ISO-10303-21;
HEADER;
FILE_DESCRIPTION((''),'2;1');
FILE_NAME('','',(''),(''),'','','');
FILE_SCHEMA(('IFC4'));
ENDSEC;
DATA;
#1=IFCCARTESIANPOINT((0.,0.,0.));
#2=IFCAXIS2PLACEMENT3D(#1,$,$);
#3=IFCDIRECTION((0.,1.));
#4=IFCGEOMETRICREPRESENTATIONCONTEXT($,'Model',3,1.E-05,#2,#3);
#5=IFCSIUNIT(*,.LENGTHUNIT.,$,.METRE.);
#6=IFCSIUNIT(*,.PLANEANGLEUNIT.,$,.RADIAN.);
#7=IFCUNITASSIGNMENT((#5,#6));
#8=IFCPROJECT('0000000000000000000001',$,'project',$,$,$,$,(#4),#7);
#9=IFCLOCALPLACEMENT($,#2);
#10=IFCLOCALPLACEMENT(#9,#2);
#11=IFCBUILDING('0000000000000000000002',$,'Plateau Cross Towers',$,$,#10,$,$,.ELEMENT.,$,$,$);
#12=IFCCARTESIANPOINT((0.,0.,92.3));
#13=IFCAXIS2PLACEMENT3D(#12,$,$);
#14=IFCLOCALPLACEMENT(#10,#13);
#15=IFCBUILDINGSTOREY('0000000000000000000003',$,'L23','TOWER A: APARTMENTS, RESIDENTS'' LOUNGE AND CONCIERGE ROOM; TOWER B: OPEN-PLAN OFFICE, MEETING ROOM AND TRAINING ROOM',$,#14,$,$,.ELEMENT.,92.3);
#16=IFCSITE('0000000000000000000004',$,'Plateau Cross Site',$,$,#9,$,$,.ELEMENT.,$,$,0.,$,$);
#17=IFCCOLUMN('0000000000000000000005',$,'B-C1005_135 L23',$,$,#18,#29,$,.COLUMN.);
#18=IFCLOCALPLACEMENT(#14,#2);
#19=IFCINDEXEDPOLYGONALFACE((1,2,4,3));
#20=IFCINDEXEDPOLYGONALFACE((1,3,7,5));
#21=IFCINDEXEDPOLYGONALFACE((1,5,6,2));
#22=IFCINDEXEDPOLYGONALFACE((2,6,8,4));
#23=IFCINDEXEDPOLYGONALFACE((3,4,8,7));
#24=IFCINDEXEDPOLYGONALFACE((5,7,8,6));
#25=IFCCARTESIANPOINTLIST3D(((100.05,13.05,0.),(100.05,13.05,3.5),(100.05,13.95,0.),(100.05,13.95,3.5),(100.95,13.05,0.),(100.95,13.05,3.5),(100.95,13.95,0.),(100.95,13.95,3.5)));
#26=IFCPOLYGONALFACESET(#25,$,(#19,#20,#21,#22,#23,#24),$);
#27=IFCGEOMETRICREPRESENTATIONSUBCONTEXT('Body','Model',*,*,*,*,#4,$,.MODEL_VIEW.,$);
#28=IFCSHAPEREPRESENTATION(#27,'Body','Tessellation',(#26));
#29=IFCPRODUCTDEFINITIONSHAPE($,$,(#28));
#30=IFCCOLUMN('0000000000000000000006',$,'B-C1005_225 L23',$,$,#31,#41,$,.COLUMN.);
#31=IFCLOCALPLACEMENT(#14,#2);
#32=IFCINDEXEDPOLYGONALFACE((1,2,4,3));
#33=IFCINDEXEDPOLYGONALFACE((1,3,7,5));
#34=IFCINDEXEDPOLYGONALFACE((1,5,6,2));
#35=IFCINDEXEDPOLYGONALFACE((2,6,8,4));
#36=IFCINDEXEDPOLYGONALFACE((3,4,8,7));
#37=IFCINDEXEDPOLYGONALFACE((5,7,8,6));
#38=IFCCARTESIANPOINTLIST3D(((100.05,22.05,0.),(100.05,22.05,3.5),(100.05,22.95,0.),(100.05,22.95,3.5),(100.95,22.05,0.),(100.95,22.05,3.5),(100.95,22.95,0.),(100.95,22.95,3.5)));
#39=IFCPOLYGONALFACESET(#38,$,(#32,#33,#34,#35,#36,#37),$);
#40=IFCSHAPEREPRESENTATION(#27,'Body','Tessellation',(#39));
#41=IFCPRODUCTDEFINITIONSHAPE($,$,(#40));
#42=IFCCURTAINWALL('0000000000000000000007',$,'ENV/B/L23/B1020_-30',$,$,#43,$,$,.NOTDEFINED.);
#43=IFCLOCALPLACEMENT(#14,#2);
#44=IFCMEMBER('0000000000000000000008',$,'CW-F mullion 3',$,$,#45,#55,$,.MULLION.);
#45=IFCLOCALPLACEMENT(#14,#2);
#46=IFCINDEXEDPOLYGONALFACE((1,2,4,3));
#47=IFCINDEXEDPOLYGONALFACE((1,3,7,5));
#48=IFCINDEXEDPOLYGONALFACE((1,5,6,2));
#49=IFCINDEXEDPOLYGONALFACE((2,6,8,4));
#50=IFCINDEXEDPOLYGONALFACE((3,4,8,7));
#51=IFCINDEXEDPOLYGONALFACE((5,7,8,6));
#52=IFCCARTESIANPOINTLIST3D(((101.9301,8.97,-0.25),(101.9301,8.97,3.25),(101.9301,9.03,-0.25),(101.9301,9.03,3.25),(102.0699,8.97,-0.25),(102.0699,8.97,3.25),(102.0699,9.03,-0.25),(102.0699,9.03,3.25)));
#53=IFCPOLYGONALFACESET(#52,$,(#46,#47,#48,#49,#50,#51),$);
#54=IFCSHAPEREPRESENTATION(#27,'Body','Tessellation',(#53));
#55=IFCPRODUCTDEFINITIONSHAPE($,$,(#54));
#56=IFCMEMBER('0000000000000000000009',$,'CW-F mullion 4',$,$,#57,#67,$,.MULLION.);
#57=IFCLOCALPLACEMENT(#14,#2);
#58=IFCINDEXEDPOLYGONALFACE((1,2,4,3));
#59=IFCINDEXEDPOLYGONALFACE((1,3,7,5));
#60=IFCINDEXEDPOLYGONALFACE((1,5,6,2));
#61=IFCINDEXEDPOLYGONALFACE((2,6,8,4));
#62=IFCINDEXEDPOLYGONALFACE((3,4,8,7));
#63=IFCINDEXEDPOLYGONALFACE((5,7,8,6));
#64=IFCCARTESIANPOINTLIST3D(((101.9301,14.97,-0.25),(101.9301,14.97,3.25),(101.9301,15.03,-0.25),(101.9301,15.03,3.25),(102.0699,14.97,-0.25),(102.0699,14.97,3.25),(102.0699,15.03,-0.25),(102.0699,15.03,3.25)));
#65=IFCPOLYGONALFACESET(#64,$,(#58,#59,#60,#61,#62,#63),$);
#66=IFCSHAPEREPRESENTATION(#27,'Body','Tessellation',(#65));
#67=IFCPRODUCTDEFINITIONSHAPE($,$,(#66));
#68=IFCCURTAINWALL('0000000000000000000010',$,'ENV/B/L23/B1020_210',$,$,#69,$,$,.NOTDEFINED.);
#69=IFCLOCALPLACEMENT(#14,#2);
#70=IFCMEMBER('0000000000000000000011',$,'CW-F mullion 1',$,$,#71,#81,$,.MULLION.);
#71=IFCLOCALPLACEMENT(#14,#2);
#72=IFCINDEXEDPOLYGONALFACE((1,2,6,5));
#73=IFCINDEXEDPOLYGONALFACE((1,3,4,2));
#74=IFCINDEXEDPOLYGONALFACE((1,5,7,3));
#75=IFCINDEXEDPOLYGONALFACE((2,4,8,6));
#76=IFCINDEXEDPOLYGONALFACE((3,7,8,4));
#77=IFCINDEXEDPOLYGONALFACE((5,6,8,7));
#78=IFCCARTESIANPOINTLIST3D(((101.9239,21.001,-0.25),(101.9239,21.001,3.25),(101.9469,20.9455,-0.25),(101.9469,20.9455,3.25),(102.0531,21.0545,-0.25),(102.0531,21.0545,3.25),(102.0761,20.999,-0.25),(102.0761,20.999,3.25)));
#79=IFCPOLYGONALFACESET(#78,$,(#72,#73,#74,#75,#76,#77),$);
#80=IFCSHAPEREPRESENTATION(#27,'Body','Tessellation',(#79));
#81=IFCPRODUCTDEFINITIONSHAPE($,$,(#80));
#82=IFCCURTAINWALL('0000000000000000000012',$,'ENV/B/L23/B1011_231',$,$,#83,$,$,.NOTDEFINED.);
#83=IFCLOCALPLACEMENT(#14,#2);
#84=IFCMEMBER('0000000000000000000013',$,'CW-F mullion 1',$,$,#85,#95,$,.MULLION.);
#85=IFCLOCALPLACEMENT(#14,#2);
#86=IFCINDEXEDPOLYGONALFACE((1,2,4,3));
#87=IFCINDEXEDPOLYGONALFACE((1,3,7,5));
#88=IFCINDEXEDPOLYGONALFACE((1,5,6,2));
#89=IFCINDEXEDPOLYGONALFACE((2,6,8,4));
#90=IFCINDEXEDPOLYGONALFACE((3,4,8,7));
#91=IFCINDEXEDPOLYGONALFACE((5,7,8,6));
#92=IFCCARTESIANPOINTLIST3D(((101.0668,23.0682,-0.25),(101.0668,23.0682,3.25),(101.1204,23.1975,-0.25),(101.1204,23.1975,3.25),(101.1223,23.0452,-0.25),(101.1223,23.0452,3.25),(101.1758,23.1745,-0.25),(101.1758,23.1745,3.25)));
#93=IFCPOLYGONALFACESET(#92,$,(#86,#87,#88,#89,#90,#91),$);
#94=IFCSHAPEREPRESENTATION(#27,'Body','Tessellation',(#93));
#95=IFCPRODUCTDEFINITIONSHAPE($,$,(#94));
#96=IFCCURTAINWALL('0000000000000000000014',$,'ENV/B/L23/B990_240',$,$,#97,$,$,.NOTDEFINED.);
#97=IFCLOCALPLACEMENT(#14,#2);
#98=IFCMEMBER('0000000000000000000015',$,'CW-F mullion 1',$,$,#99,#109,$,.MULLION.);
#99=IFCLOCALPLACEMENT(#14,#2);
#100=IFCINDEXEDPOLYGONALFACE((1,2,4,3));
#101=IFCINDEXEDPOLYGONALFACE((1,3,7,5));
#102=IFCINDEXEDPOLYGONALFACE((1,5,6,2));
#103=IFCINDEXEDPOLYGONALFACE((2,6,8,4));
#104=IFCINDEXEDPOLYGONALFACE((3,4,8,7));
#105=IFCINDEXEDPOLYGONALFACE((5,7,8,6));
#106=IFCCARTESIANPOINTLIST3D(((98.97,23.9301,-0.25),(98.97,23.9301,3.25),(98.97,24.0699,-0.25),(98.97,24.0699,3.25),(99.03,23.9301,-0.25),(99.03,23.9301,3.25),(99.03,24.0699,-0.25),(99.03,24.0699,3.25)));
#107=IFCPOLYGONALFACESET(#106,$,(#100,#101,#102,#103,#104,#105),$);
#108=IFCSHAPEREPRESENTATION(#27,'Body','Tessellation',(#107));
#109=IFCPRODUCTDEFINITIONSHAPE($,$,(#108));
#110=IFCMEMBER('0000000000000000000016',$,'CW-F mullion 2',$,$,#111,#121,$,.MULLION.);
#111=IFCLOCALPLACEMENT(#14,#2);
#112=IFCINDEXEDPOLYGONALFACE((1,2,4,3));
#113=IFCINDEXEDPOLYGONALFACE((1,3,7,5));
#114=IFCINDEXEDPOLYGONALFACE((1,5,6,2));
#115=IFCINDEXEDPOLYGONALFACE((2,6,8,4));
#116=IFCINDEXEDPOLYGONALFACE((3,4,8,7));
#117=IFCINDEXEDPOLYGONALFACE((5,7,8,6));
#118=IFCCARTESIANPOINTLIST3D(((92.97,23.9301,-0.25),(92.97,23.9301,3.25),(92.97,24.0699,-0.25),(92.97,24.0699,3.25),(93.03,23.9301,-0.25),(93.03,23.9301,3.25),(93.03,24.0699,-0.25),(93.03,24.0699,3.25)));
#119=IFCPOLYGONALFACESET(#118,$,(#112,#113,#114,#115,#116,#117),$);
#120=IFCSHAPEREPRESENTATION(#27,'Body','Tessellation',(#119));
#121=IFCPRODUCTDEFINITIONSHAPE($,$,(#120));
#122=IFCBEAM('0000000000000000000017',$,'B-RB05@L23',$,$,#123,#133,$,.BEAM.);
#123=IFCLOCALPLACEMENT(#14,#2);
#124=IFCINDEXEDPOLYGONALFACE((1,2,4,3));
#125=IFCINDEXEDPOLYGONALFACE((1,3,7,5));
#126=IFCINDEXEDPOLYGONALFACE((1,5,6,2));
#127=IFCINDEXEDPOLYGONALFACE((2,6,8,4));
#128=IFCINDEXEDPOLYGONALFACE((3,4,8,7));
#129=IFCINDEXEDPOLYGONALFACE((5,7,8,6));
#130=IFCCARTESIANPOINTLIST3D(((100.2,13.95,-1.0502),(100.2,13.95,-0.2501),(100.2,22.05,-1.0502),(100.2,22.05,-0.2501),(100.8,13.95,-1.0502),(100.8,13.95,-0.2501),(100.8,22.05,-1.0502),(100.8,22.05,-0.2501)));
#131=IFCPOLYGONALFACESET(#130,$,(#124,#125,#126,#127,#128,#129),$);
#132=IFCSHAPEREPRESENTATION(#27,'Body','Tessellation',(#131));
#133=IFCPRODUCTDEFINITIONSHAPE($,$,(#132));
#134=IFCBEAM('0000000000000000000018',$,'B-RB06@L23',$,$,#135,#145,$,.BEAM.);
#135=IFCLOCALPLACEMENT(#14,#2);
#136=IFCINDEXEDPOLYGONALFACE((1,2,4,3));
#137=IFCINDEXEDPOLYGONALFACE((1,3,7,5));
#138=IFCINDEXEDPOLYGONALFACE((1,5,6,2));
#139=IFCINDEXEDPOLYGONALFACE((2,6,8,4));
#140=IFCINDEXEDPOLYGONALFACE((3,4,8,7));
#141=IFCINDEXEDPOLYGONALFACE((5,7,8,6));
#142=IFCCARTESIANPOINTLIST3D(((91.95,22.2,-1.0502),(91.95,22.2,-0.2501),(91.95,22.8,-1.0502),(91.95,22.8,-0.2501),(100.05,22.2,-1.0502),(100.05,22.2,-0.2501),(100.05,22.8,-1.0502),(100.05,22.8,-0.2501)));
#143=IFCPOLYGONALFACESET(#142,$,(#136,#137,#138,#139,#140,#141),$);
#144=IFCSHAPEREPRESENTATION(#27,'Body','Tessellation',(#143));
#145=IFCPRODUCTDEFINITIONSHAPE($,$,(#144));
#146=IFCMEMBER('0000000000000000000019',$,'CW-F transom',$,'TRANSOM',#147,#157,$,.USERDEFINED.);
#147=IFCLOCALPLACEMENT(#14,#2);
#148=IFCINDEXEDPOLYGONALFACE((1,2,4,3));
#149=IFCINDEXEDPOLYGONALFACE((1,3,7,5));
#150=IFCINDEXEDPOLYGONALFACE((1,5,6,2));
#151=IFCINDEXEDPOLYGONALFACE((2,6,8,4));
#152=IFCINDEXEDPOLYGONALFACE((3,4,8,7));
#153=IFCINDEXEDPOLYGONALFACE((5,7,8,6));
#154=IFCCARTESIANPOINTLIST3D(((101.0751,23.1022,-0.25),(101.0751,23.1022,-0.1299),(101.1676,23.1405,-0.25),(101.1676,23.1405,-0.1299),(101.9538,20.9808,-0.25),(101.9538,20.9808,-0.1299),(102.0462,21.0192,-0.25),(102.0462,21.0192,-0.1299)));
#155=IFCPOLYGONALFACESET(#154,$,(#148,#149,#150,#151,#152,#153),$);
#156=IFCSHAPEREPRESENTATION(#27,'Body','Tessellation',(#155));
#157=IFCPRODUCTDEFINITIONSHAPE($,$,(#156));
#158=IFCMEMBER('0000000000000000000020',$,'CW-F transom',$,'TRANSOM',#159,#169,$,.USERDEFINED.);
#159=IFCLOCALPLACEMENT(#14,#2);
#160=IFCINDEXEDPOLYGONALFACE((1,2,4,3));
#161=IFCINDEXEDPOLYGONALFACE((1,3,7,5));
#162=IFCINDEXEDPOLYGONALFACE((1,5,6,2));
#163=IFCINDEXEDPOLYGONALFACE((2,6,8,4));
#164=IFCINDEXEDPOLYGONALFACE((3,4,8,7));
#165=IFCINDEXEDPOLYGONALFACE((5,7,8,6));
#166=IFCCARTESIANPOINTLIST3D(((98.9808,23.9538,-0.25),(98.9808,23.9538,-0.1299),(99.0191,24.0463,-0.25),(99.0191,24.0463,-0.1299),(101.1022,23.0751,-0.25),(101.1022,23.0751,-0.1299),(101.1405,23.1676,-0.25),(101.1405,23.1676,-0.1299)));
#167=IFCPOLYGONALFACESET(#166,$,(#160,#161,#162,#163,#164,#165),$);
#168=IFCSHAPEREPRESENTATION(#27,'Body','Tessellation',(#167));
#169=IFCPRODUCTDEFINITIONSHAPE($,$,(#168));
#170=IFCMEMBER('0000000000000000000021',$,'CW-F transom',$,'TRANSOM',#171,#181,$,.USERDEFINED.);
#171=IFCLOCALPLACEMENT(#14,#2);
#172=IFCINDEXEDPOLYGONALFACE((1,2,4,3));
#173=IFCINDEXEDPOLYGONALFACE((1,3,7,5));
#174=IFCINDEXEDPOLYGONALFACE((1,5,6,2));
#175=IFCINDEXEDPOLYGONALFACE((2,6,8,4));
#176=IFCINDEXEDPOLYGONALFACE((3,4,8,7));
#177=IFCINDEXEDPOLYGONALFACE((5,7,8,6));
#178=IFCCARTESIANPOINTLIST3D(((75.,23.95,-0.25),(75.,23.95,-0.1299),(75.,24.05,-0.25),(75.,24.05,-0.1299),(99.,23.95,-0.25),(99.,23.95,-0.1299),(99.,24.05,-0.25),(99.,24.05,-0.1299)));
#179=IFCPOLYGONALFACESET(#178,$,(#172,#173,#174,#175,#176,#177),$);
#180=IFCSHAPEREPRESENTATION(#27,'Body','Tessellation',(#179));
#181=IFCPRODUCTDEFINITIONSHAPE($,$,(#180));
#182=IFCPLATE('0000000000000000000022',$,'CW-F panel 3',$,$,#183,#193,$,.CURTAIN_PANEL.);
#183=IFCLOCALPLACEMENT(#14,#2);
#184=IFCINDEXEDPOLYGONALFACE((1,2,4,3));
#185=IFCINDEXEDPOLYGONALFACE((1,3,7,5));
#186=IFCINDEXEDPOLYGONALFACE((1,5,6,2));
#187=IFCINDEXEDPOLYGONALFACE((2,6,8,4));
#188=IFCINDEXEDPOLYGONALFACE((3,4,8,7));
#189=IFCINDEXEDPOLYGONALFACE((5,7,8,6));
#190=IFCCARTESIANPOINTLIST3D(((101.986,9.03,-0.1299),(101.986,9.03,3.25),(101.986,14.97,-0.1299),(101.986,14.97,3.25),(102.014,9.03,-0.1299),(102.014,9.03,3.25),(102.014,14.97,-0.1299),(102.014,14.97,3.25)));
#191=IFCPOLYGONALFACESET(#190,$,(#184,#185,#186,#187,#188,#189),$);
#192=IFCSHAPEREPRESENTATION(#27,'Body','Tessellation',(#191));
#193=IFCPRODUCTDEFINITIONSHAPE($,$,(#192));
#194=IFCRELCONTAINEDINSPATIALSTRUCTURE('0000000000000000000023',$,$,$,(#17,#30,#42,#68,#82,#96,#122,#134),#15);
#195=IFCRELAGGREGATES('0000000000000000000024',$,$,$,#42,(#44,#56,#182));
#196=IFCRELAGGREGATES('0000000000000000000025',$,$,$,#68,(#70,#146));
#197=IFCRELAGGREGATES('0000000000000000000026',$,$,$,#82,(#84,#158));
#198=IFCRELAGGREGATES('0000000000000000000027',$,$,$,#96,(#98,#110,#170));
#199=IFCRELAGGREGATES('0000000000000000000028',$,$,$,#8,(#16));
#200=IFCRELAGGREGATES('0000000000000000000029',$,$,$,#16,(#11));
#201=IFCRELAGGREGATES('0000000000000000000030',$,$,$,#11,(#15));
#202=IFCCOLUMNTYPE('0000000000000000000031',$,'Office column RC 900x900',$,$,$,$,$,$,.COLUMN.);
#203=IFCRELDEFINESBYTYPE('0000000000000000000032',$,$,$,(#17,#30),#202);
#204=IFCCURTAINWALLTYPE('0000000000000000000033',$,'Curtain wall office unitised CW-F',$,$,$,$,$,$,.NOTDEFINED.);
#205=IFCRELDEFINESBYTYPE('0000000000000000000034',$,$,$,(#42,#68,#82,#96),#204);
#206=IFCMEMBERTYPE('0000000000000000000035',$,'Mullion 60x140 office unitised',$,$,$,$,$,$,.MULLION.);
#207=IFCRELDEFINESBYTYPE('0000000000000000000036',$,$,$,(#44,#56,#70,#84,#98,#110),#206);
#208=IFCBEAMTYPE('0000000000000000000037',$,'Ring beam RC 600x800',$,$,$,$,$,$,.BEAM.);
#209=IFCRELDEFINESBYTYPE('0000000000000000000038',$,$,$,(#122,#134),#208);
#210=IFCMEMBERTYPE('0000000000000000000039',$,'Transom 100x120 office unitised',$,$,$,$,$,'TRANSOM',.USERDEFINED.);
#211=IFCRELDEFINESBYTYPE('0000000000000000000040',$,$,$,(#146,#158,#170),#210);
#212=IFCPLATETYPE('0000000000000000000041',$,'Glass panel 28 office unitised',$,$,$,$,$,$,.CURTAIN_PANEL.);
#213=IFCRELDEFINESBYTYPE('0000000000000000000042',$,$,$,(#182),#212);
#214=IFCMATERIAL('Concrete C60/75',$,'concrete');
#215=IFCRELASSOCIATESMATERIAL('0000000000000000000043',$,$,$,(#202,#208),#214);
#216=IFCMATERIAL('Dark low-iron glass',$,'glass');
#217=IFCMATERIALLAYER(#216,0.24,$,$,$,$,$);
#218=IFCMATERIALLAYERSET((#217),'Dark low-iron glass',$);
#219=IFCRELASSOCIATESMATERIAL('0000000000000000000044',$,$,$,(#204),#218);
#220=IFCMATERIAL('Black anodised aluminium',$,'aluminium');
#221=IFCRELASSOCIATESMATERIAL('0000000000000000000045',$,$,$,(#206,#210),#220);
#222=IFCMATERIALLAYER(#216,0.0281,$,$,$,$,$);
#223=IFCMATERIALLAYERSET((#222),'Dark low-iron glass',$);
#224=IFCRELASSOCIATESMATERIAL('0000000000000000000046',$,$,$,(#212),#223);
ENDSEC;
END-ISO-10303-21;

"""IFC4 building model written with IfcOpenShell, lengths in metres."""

from ifc_helpers import new_model, si_unit, direction, frame, origin, origin_2d, place, context, subcontext, project, spatial, rectangle, extrude, material, layer, layer_set, material_profile, profile_set, type_object, element, aggregate, save


model = new_model("IFC4")

# Units and contexts
model_context = context("Model", 3, precision=1e-05, world=origin(), true_north=direction((0.0, 1.0)))
body_context = subcontext(model_context, "Body", "Model", "MODEL_VIEW")
ifc_project = project(units=[si_unit("LENGTHUNIT", "METRE"), si_unit("PLANEANGLEUNIT", "RADIAN")], contexts=[model_context])

# Site, building, storey
site_placement = place(None, origin())
site = spatial("IfcSite", under=ifc_project, at=site_placement, Name="Plateau Cross Site", CompositionType="ELEMENT", RefElevation=0.0)
building_placement = place(site_placement, origin())
building = spatial("IfcBuilding", under=site, at=building_placement, Name="Plateau Cross Towers", CompositionType="ELEMENT")
storey_placement = place(building_placement, frame((0.0, 0.0, 92.3)))
storey = spatial("IfcBuildingStorey", under=building, at=storey_placement, Name="L23", Description="TOWER A: APARTMENTS, RESIDENTS' LOUNGE AND CONCIERGE ROOM; TOWER B: OPEN-PLAN OFFICE, MEETING ROOM AND TRAINING ROOM", CompositionType="ELEMENT", Elevation=92.3)

# Columns
ifc_material_1 = material(Name="Concrete C60/75", Category="concrete")
ifc_material_profile_1 = material_profile(ifc_material_1, rectangle(XDim=0.8999, YDim=0.8999, at=origin_2d()), Name="RC 900x900")
ifc_profile_set_1 = profile_set([ifc_material_profile_1], Name="Concrete C60/75")
column_type = type_object("IfcColumnType", Name="Office column RC 900x900", PredefinedType="COLUMN", material=ifc_profile_set_1)
for number, where, z_axis, x_axis, name in (
    (1, (100.5, 13.5, 0.0), (0.0, 0.0, 1.0), (1.0, 0.0, 0.0), "B-C1005_135 L23"),
    (2, (100.5, 22.5, 0.0), (0.0, 0.0, 1.0), (1.0, 0.0, 0.0), "B-C1005_225 L23"),
):
    element("IfcColumn", number, at=place(storey_placement, frame(where, z_axis=z_axis, x_axis=x_axis)), inside=storey, type_object=column_type, Name=name, PredefinedType="COLUMN", context=body_context, shape_type="SweptSolid", body=[
        extrude(rectangle(XDim=0.8999, YDim=0.8999, at=origin_2d()), origin(), (0.0, 0.0, 1.0), 3.5),
    ])

# Curtain wall, members
ifc_material_2 = material(Name="Dark low-iron glass", Category="glass")
ifc_layer_1 = layer(ifc_material_2, 0.24)
ifc_layer_set_1 = layer_set([ifc_layer_1], Name="Dark low-iron glass")
curtain_wall_type = type_object("IfcCurtainWallType", Name="Curtain wall office unitised CW-F", PredefinedType="NOTDEFINED", material=ifc_layer_set_1)
curtain_wall_1_placement = place(storey_placement, origin())
curtain_wall_1 = element("IfcCurtainWall", 3, at=curtain_wall_1_placement, inside=storey, type_object=curtain_wall_type, Name="ENV/B/L23/B1020_-30", PredefinedType="NOTDEFINED")
ifc_material_3 = material(Name="Black anodised aluminium", Category="aluminium")
ifc_material_profile_2 = material_profile(ifc_material_3, rectangle(XDim=0.0601, YDim=0.1399, at=origin_2d()), Name="MULLION 60x140")
ifc_profile_set_2 = profile_set([ifc_material_profile_2], Name="Black anodised aluminium")
member_type_1 = type_object("IfcMemberType", Name="Mullion 60x140 office unitised", PredefinedType="MULLION", material=ifc_profile_set_2)
member_1_placement = place(storey_placement, frame((102.0, 9.0, -0.25), z_axis=(0.0, 0.0, 1.0), x_axis=(0.0, 1.0, 0.0)))
member_1 = element("IfcMember", 4, at=member_1_placement, type_object=member_type_1, Name="CW-F mullion 3", PredefinedType="MULLION", context=body_context, shape_type="SweptSolid", body=[
    extrude(rectangle(XDim=0.0601, YDim=0.1399, at=origin_2d()), origin(), (0.0, 0.0, 1.0), 3.5),
])
member_2_placement = place(storey_placement, frame((102.0, 15.0, -0.25), z_axis=(0.0, 0.0, 1.0), x_axis=(0.0, 1.0, 0.0)))
member_2 = element("IfcMember", 5, at=member_2_placement, type_object=member_type_1, Name="CW-F mullion 4", PredefinedType="MULLION", context=body_context, shape_type="SweptSolid", body=[
    extrude(rectangle(XDim=0.0601, YDim=0.1399, at=origin_2d()), origin(), (0.0, 0.0, 1.0), 3.5),
])

# Curtain walls, members
curtain_wall_2_placement = place(storey_placement, origin())
curtain_wall_2 = element("IfcCurtainWall", 6, at=curtain_wall_2_placement, inside=storey, type_object=curtain_wall_type, Name="ENV/B/L23/B1020_210", PredefinedType="NOTDEFINED")
member_3_placement = place(storey_placement, frame((102.0, 21.0, -0.25), z_axis=(0.0, 0.0, 1.0), x_axis=(-0.382684, 0.923879, 0.0)))
member_3 = element("IfcMember", 7, at=member_3_placement, type_object=member_type_1, Name="CW-F mullion 1", PredefinedType="MULLION", context=body_context, shape_type="SweptSolid", body=[
    extrude(rectangle(XDim=0.0601, YDim=0.1399, at=origin_2d()), origin(), (0.0, 0.0, 1.0), 3.5),
])
curtain_wall_3_placement = place(storey_placement, origin())
curtain_wall_3 = element("IfcCurtainWall", 8, at=curtain_wall_3_placement, inside=storey, type_object=curtain_wall_type, Name="ENV/B/L23/B1011_231", PredefinedType="NOTDEFINED")
member_4_placement = place(storey_placement, frame((101.1213, 23.1213, -0.25), z_axis=(0.0, 0.0, 1.0), x_axis=(-0.923879, 0.382684, 0.0)))
member_4 = element("IfcMember", 9, at=member_4_placement, type_object=member_type_1, Name="CW-F mullion 1", PredefinedType="MULLION", context=body_context, shape_type="SweptSolid", body=[
    extrude(rectangle(XDim=0.0601, YDim=0.1399, at=origin_2d()), origin(), (0.0, 0.0, 1.0), 3.5),
])

# Curtain wall, members
curtain_wall_4_placement = place(storey_placement, origin())
curtain_wall_4 = element("IfcCurtainWall", 10, at=curtain_wall_4_placement, inside=storey, type_object=curtain_wall_type, Name="ENV/B/L23/B990_240", PredefinedType="NOTDEFINED")
member_5_placement = place(storey_placement, frame((99.0, 24.0, -0.25), z_axis=(0.0, 0.0, 1.0), x_axis=(-1.0, 0.0, 0.0)))
member_5 = element("IfcMember", 11, at=member_5_placement, type_object=member_type_1, Name="CW-F mullion 1", PredefinedType="MULLION", context=body_context, shape_type="SweptSolid", body=[
    extrude(rectangle(XDim=0.0601, YDim=0.1399, at=origin_2d()), origin(), (0.0, 0.0, 1.0), 3.5),
])
member_6_placement = place(storey_placement, frame((93.0, 24.0, -0.25), z_axis=(0.0, 0.0, 1.0), x_axis=(-1.0, 0.0, 0.0)))
member_6 = element("IfcMember", 12, at=member_6_placement, type_object=member_type_1, Name="CW-F mullion 2", PredefinedType="MULLION", context=body_context, shape_type="SweptSolid", body=[
    extrude(rectangle(XDim=0.0601, YDim=0.1399, at=origin_2d()), origin(), (0.0, 0.0, 1.0), 3.5),
])

# Beams
ifc_material_profile_3 = material_profile(ifc_material_1, rectangle(XDim=0.6001, YDim=0.8, at=origin_2d()), Name="RC 600x800")
ifc_profile_set_3 = profile_set([ifc_material_profile_3], Name="Concrete C60/75")
beam_type = type_object("IfcBeamType", Name="Ring beam RC 600x800", PredefinedType="BEAM", material=ifc_profile_set_3)
for number, where, z_axis, x_axis, name in (
    (13, (100.5, 13.95, -0.6501), (0.0, 1.0, 0.0), (-1.0, 0.0, 0.0), "B-RB05@L23"),
    (14, (100.05, 22.5, -0.6501), (-1.0, 0.0, 0.0), (0.0, -1.0, 0.0), "B-RB06@L23"),
):
    element("IfcBeam", number, at=place(storey_placement, frame(where, z_axis=z_axis, x_axis=x_axis)), inside=storey, type_object=beam_type, Name=name, PredefinedType="BEAM", context=body_context, shape_type="SweptSolid", body=[
        extrude(rectangle(XDim=0.6001, YDim=0.8, at=origin_2d()), origin(), (0.0, 0.0, 1.0), 8.1001),
    ])

# Members
ifc_material_profile_4 = material_profile(ifc_material_3, rectangle(XDim=0.1001, YDim=0.1201, at=origin_2d()), Name="TRANSOM 100x120")
ifc_profile_set_4 = profile_set([ifc_material_profile_4], Name="Black anodised aluminium")
member_type_2 = type_object("IfcMemberType", Name="Transom 100x120 office unitised", ElementType="TRANSOM", PredefinedType="USERDEFINED", material=ifc_profile_set_4)
member_7_placement = place(storey_placement, frame((102.0, 21.0, -0.1899), z_axis=(-0.382674, 0.923883, 0.0), x_axis=(-0.923883, -0.382674, 0.0)))
member_7 = element("IfcMember", 15, at=member_7_placement, type_object=member_type_2, Name="CW-F transom", ObjectType="TRANSOM", PredefinedType="USERDEFINED", context=body_context, shape_type="SweptSolid", body=[
    extrude(rectangle(XDim=0.1001, YDim=0.1201, at=origin_2d()), origin(), (0.0, 0.0, 1.0), 2.2961),
])
member_8_placement = place(storey_placement, frame((101.1213, 23.1213, -0.1899), z_axis=(-0.923883, 0.382674, 0.0), x_axis=(-0.382674, -0.923883, 0.0)))
member_8 = element("IfcMember", 16, at=member_8_placement, type_object=member_type_2, Name="CW-F transom", ObjectType="TRANSOM", PredefinedType="USERDEFINED", context=body_context, shape_type="SweptSolid", body=[
    extrude(rectangle(XDim=0.1001, YDim=0.1201, at=origin_2d()), origin(), (0.0, 0.0, 1.0), 2.2961),
])
member_9_placement = place(storey_placement, frame((99.0, 24.0, -0.1899), z_axis=(-1.0, 0.0, 0.0), x_axis=(0.0, -1.0, 0.0)))
member_9 = element("IfcMember", 17, at=member_9_placement, type_object=member_type_2, Name="CW-F transom", ObjectType="TRANSOM", PredefinedType="USERDEFINED", context=body_context, shape_type="SweptSolid", body=[
    extrude(rectangle(XDim=0.1001, YDim=0.1201, at=origin_2d()), origin(), (0.0, 0.0, 1.0), 24.0),
])

# Plate
ifc_layer_2 = layer(ifc_material_2, 0.0281)
ifc_layer_set_2 = layer_set([ifc_layer_2], Name="Dark low-iron glass")
plate_type = type_object("IfcPlateType", Name="Glass panel 28 office unitised", PredefinedType="CURTAIN_PANEL", material=ifc_layer_set_2)
plate_1_placement = place(storey_placement, frame((102.0, 12.0, -0.1299), z_axis=(0.0, 0.0, 1.0), x_axis=(0.0, 1.0, 0.0)))
plate_1 = element("IfcPlate", 18, at=plate_1_placement, type_object=plate_type, Name="CW-F panel 3", PredefinedType="CURTAIN_PANEL", context=body_context, shape_type="SweptSolid", body=[
    extrude(rectangle(XDim=5.9399, YDim=0.0281, at=origin_2d()), origin(), (0.0, 0.0, 1.0), 3.3799),
])
aggregate(curtain_wall_1, [member_1, member_2, plate_1])
aggregate(curtain_wall_2, [member_3, member_7])
aggregate(curtain_wall_3, [member_4, member_8])
aggregate(curtain_wall_4, [member_5, member_6, member_9])

save(model, "model.ifc")
